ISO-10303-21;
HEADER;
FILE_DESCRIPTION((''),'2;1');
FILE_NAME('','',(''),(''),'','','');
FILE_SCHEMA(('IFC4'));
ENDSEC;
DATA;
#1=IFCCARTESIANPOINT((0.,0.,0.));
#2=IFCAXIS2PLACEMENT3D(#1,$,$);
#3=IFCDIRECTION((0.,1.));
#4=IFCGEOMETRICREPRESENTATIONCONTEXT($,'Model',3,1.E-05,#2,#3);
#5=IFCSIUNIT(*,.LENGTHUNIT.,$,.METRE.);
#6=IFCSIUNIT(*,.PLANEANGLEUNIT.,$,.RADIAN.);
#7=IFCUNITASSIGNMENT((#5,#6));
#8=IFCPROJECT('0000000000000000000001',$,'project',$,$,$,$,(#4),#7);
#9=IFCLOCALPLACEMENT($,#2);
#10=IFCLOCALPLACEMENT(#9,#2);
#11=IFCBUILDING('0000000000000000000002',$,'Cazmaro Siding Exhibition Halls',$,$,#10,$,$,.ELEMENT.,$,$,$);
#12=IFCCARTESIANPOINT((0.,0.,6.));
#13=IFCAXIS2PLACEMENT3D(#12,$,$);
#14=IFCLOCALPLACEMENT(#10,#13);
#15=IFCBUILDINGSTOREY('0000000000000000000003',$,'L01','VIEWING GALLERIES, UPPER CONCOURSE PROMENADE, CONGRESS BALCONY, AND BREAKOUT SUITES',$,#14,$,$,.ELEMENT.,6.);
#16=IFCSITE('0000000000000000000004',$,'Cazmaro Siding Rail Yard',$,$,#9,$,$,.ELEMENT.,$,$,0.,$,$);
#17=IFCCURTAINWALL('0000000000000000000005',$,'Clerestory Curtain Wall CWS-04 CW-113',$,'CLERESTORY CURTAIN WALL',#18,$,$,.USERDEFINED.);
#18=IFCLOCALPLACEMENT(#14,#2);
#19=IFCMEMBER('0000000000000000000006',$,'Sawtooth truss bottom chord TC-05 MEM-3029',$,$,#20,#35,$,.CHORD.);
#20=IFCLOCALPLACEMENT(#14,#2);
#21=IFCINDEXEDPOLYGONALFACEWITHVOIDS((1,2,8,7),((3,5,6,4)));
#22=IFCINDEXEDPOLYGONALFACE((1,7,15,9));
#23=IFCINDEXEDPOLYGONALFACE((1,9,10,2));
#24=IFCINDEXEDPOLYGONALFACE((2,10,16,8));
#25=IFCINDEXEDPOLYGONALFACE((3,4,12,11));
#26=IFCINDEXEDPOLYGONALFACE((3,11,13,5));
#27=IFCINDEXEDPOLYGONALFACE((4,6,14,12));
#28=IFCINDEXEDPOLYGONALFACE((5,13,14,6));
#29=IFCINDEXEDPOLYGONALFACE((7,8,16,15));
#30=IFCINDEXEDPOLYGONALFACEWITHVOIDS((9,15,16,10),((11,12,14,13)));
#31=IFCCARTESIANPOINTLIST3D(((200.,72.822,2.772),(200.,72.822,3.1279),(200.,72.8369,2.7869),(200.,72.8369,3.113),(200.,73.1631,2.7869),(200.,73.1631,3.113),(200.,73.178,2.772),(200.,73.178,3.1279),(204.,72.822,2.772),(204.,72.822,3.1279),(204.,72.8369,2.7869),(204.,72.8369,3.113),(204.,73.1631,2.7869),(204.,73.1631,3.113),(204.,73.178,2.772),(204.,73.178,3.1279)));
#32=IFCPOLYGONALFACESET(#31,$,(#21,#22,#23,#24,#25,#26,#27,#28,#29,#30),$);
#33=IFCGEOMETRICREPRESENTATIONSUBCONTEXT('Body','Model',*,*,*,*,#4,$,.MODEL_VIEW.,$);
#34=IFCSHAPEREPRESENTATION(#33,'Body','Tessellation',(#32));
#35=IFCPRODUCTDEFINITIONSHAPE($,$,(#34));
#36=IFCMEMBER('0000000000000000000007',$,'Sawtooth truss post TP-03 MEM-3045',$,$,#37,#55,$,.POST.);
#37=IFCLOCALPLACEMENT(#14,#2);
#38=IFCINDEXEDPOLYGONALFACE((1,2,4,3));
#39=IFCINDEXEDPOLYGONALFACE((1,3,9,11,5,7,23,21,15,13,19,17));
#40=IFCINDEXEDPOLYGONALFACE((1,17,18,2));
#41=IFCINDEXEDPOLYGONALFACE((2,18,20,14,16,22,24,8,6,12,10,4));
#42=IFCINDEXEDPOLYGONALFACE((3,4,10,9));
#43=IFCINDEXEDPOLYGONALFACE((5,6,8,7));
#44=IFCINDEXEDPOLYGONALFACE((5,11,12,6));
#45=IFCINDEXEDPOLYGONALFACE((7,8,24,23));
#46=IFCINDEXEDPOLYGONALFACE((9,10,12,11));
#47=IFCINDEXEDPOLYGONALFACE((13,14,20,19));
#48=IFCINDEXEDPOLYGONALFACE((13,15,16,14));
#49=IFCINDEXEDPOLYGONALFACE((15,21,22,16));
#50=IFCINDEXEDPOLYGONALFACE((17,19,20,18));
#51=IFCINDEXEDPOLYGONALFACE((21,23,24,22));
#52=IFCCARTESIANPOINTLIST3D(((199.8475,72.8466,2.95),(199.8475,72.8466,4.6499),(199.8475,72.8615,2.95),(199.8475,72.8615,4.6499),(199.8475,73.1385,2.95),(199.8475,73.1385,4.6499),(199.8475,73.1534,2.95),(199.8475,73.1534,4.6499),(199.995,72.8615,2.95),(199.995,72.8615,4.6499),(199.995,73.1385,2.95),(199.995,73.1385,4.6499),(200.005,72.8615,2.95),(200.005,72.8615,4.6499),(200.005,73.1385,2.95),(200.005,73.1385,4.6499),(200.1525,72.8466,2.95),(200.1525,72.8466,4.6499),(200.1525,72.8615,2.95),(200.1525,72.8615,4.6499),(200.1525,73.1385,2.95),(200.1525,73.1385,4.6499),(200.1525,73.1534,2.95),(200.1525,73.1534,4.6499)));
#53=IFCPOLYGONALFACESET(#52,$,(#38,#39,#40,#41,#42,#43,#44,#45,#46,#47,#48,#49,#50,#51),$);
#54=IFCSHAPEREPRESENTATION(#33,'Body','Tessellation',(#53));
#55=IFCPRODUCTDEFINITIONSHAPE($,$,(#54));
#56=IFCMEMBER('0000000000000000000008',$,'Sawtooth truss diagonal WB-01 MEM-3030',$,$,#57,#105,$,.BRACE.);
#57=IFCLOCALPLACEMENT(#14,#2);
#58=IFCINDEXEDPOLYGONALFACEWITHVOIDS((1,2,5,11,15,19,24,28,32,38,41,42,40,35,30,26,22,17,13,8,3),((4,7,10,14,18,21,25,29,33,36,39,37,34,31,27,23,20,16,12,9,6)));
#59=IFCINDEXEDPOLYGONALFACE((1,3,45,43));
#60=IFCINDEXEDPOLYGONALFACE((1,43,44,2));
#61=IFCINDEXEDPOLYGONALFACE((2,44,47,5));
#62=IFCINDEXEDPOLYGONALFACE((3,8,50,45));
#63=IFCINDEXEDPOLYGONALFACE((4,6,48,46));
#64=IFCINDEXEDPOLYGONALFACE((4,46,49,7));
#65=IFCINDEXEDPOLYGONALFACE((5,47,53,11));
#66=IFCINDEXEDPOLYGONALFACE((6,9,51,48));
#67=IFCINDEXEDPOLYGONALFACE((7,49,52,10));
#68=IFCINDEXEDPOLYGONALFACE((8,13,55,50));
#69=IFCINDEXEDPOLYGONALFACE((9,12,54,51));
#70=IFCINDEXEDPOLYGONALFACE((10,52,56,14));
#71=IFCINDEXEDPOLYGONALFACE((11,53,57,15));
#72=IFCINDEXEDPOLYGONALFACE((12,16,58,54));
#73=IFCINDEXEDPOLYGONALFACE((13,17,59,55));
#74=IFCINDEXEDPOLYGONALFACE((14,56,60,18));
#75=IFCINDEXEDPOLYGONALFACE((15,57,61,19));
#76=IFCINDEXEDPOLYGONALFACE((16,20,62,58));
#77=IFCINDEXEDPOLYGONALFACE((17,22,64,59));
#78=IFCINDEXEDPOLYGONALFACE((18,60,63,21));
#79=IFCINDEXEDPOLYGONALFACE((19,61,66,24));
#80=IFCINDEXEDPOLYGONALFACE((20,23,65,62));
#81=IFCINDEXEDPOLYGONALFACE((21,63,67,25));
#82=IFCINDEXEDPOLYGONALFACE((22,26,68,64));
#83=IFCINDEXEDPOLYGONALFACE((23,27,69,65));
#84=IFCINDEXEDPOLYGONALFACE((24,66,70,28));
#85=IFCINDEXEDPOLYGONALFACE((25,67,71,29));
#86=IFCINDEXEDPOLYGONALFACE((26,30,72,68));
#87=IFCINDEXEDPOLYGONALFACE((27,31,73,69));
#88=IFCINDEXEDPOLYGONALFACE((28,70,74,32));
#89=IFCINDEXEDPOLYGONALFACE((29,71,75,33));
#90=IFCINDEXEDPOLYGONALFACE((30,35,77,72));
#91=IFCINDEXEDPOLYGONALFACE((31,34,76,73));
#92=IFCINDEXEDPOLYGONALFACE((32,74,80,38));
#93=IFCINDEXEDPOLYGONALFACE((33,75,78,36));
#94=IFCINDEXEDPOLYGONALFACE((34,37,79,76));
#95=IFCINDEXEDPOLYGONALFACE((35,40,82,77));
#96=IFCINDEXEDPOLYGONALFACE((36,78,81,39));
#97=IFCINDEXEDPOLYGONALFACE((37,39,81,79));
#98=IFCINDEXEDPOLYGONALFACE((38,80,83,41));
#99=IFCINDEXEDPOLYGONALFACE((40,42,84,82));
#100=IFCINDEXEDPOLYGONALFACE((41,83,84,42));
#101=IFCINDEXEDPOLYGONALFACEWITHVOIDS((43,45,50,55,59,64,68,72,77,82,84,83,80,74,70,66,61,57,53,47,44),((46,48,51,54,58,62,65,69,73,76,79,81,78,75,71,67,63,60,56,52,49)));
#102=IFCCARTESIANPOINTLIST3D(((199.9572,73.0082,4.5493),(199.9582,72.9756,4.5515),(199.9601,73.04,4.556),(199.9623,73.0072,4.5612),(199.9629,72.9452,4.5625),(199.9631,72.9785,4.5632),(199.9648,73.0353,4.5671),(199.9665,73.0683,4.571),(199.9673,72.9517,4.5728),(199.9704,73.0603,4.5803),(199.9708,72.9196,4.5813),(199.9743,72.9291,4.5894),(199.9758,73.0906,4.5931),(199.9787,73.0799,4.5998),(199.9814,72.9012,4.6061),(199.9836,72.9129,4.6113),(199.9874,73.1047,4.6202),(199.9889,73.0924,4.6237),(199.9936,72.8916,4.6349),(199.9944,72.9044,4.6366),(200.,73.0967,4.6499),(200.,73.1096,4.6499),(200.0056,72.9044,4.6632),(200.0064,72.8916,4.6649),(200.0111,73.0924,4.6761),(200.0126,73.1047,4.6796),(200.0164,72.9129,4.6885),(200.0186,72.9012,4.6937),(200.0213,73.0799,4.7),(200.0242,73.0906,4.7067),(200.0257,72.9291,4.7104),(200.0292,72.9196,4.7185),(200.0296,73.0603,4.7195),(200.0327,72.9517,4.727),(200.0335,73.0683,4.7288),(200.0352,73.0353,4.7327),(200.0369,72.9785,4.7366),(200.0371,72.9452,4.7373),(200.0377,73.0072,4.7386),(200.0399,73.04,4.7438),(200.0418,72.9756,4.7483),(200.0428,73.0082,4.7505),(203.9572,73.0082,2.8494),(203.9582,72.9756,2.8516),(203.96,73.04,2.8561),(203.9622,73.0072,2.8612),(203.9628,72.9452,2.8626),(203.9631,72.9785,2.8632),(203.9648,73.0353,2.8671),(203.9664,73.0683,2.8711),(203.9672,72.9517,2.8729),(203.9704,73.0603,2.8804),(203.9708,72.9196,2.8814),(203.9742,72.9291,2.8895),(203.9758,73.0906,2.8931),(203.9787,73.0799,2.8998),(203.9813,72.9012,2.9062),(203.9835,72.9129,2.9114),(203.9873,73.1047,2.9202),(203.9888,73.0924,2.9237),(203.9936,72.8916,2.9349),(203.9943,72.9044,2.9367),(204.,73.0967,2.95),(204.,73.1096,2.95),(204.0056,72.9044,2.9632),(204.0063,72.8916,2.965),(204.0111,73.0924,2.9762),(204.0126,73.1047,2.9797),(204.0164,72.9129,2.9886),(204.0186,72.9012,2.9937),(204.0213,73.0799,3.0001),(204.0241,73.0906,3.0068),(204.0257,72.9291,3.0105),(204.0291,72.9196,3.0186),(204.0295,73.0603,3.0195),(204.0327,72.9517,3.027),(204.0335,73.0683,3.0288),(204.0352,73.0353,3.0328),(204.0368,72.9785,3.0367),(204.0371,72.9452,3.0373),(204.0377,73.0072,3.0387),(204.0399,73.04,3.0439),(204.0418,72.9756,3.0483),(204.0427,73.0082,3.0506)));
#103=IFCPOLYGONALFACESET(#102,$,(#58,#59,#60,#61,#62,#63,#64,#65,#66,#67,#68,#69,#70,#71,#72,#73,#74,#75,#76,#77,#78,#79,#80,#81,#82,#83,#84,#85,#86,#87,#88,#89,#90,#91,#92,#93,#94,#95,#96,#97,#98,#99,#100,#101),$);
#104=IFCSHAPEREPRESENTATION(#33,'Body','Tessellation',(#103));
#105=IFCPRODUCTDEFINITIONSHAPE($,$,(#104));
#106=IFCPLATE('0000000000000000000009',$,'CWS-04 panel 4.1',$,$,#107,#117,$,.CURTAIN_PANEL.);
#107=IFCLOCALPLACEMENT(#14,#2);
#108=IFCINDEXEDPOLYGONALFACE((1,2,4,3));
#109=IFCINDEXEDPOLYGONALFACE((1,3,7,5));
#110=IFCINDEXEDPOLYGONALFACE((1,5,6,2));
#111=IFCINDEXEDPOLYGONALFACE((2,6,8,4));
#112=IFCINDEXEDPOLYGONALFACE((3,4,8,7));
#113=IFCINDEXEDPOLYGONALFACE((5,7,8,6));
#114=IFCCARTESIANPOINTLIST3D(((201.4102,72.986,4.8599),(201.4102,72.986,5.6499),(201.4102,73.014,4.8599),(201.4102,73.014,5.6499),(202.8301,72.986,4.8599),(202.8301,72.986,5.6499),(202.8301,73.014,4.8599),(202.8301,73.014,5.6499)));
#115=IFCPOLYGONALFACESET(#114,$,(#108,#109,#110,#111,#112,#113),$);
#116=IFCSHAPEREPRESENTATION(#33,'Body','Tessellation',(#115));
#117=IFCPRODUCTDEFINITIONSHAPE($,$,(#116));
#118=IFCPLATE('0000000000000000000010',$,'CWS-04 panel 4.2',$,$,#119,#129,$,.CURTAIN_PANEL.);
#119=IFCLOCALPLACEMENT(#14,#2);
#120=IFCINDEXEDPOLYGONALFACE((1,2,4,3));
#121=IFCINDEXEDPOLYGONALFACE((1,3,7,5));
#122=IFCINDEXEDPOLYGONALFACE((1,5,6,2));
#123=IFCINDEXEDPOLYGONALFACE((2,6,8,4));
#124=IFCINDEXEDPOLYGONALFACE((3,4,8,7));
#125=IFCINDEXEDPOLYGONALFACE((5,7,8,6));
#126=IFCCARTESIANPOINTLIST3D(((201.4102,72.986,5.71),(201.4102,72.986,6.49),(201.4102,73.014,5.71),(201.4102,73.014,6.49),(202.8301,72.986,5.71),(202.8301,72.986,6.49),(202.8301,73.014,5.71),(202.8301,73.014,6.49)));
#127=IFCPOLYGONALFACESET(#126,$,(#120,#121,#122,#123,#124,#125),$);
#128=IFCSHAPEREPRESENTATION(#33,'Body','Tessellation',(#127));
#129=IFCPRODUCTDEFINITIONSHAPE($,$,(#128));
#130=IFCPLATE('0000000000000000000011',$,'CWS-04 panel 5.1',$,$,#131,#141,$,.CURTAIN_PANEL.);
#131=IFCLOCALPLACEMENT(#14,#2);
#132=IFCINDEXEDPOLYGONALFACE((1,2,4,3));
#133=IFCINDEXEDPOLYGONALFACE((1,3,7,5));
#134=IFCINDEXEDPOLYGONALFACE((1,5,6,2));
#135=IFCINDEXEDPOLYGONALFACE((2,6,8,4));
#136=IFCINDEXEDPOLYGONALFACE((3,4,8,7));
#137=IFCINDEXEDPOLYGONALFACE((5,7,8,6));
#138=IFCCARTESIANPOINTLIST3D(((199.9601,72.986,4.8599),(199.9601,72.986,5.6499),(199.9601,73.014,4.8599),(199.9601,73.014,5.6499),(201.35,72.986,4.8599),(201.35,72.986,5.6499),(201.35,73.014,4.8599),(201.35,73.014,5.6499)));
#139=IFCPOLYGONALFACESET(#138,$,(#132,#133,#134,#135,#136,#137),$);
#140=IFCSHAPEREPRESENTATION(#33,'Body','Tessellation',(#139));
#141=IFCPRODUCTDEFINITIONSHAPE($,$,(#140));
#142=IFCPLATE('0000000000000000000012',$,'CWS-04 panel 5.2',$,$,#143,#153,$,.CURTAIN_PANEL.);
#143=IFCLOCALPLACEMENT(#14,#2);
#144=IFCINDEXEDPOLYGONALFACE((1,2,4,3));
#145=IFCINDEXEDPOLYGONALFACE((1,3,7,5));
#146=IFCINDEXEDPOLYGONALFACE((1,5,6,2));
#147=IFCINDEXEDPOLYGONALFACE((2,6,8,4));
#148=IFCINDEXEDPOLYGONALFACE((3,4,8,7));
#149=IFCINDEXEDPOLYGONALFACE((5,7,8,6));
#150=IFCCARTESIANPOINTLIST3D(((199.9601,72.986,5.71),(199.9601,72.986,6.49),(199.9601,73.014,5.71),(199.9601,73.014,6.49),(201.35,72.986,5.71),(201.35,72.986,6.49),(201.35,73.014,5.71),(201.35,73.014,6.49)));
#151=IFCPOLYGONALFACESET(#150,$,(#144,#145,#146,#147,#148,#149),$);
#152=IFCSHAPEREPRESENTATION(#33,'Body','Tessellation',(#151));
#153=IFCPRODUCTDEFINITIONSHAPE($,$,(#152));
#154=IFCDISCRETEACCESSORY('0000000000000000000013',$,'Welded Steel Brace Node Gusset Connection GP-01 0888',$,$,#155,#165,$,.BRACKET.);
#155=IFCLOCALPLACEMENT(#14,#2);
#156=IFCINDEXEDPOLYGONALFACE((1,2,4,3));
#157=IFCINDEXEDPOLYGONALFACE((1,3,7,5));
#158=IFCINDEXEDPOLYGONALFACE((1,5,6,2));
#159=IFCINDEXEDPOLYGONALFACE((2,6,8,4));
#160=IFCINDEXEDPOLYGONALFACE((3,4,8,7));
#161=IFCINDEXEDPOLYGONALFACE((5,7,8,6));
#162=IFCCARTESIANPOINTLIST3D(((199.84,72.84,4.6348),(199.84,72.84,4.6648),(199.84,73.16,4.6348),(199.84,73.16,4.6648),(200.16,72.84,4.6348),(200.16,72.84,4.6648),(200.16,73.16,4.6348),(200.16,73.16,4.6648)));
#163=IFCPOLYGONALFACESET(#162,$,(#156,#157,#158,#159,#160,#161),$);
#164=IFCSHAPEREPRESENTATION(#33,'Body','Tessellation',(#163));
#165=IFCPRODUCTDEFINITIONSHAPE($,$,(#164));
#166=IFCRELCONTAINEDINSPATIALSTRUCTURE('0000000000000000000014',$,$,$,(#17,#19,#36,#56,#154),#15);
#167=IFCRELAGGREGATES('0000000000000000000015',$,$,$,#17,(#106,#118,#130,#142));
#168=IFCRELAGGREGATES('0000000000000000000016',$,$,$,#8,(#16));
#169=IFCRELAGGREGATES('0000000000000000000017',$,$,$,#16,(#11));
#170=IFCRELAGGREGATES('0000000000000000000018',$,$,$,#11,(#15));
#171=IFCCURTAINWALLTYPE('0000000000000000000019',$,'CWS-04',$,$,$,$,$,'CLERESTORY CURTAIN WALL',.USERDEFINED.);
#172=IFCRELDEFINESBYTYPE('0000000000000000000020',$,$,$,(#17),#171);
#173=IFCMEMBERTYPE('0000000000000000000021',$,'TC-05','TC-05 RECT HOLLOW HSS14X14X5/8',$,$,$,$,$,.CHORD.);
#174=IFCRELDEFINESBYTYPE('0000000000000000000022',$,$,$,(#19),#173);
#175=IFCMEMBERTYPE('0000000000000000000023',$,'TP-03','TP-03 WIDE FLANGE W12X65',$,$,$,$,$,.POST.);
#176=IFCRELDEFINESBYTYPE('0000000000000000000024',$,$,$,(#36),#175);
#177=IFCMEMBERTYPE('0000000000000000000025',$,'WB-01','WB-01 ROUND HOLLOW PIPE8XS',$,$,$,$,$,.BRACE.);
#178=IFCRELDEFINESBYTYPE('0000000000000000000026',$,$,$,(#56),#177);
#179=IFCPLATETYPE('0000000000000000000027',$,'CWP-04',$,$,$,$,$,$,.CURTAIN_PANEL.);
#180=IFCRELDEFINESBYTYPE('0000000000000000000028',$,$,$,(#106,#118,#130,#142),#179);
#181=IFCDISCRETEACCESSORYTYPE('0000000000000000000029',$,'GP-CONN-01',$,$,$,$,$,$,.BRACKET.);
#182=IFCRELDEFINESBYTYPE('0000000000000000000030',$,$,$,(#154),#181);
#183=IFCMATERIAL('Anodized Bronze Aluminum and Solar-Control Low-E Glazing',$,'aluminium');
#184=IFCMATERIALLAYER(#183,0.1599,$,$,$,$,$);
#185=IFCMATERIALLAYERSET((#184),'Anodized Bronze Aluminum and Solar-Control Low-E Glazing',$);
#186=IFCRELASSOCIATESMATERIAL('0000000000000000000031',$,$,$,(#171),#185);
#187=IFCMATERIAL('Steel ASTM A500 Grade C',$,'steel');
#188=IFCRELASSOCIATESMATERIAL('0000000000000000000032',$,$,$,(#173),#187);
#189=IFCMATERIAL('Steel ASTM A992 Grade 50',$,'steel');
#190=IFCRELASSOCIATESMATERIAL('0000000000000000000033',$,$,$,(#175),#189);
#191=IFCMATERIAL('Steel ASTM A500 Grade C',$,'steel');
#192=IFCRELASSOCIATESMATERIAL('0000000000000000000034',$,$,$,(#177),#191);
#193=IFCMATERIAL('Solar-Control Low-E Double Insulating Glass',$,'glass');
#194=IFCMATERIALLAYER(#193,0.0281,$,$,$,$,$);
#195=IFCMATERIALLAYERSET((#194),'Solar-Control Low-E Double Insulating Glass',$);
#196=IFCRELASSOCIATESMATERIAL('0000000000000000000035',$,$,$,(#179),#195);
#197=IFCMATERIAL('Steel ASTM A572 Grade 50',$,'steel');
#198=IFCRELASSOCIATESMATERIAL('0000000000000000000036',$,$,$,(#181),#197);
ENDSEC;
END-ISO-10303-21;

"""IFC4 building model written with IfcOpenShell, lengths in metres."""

from ifc_helpers import new_model, si_unit, direction, frame, origin, origin_2d, place, context, subcontext, project, spatial, rectangle, hollow_rectangle, hollow_circle, i_section, extrude, material, layer, layer_set, material_profile, profile_set, type_object, element, aggregate, save


model = new_model("IFC4")

# Units and contexts
model_context = context("Model", 3, precision=1e-05, world=origin(), true_north=direction((0.0, 1.0)))
body_context = subcontext(model_context, "Body", "Model", "MODEL_VIEW")
ifc_project = project(units=[si_unit("LENGTHUNIT", "METRE"), si_unit("PLANEANGLEUNIT", "RADIAN")], contexts=[model_context])

# Site, building, storey
site_placement = place(None, origin())
site = spatial("IfcSite", under=ifc_project, at=site_placement, Name="Cazmaro Siding Rail Yard", CompositionType="ELEMENT", RefElevation=0.0)
building_placement = place(site_placement, origin())
building = spatial("IfcBuilding", under=site, at=building_placement, Name="Cazmaro Siding Exhibition Halls", CompositionType="ELEMENT")
storey_placement = place(building_placement, frame((0.0, 0.0, 6.0)))
storey = spatial("IfcBuildingStorey", under=building, at=storey_placement, Name="L01", Description="VIEWING GALLERIES, UPPER CONCOURSE PROMENADE, CONGRESS BALCONY, AND BREAKOUT SUITES", CompositionType="ELEMENT", Elevation=6.0)

# Shared definitions
ifc_material_1 = material(Name="Anodized Bronze Aluminum and Solar-Control Low-E Glazing", Category="aluminium")
ifc_layer_1 = layer(ifc_material_1, 0.1599)
ifc_layer_set_1 = layer_set([ifc_layer_1], Name="Anodized Bronze Aluminum and Solar-Control Low-E Glazing")
curtain_wall_type = type_object("IfcCurtainWallType", Name="CWS-04", ElementType="CLERESTORY CURTAIN WALL", PredefinedType="USERDEFINED", material=ifc_layer_set_1)

# Curtain wall
curtain_wall_1_placement = place(storey_placement, origin())
curtain_wall_1 = element("IfcCurtainWall", 1, at=curtain_wall_1_placement, inside=storey, type_object=curtain_wall_type, Name="Clerestory Curtain Wall CWS-04 CW-113", ObjectType="CLERESTORY CURTAIN WALL", PredefinedType="USERDEFINED")

# Members
ifc_material_2 = material(Name="Steel ASTM A500 Grade C", Category="steel")
ifc_material_profile_1 = material_profile(ifc_material_2, hollow_rectangle(XDim=0.356, YDim=0.356, WallThickness=0.0149, at=origin_2d()), Name="HSS14X14X5/8")
ifc_profile_set_1 = profile_set([ifc_material_profile_1], Name="Steel ASTM A500 Grade C")
member_type_1 = type_object("IfcMemberType", Name="TC-05", Description="TC-05 RECT HOLLOW HSS14X14X5/8", PredefinedType="CHORD", material=ifc_profile_set_1)
member_1_placement = place(storey_placement, frame((200.0, 73.0, 2.95), z_axis=(1.0, 0.0, 0.0), x_axis=(0.0, 1.0, 0.0)))
element("IfcMember", 2, at=member_1_placement, inside=storey, type_object=member_type_1, Name="Sawtooth truss bottom chord TC-05 MEM-3029", PredefinedType="CHORD", context=body_context, shape_type="SweptSolid", body=[
    extrude(hollow_rectangle(XDim=0.356, YDim=0.356, WallThickness=0.0149, at=origin_2d()), origin(), (0.0, 0.0, 1.0), 4.0),
])
ifc_material_3 = material(Name="Steel ASTM A992 Grade 50", Category="steel")
ifc_material_profile_2 = material_profile(ifc_material_3, i_section(OverallWidth=0.3049, OverallDepth=0.3069, WebThickness=0.01, FlangeThickness=0.0149, at=origin_2d()), Name="W12X65")
ifc_profile_set_2 = profile_set([ifc_material_profile_2], Name="Steel ASTM A992 Grade 50")
member_type_2 = type_object("IfcMemberType", Name="TP-03", Description="TP-03 WIDE FLANGE W12X65", PredefinedType="POST", material=ifc_profile_set_2)
member_2_placement = place(storey_placement, frame((200.0, 73.0, 2.95), z_axis=(0.0, 0.0, 1.0), x_axis=(1.0, 0.0, 0.0)))
element("IfcMember", 3, at=member_2_placement, inside=storey, type_object=member_type_2, Name="Sawtooth truss post TP-03 MEM-3045", PredefinedType="POST", context=body_context, shape_type="SweptSolid", body=[
    extrude(i_section(OverallWidth=0.3049, OverallDepth=0.3069, WebThickness=0.01, FlangeThickness=0.0149, at=origin_2d()), origin(), (0.0, 0.0, 1.0), 1.7),
])
ifc_material_4 = material(Name="Steel ASTM A500 Grade C", Category="steel")
ifc_material_profile_3 = material_profile(ifc_material_4, hollow_circle(Radius=0.1096, WallThickness=0.0129, at=origin_2d()), Name="PIPE8XS")
ifc_profile_set_3 = profile_set([ifc_material_profile_3], Name="Steel ASTM A500 Grade C")
member_type_3 = type_object("IfcMemberType", Name="WB-01", Description="WB-01 ROUND HOLLOW PIPE8XS", PredefinedType="BRACE", material=ifc_profile_set_3)
member_3_placement = place(storey_placement, frame((200.0, 73.0, 4.6499), z_axis=(0.920335, 0.0, -0.391131), x_axis=(0.0, 1.0, 0.0)))
element("IfcMember", 4, at=member_3_placement, inside=storey, type_object=member_type_3, Name="Sawtooth truss diagonal WB-01 MEM-3030", PredefinedType="BRACE", context=body_context, shape_type="SweptSolid", body=[
    extrude(hollow_circle(Radius=0.1096, WallThickness=0.0129, at=origin_2d()), origin(), (0.0, 0.0, 1.0), 4.3462),
])

# Plates
ifc_material_5 = material(Name="Solar-Control Low-E Double Insulating Glass", Category="glass")
ifc_layer_2 = layer(ifc_material_5, 0.0281)
ifc_layer_set_2 = layer_set([ifc_layer_2], Name="Solar-Control Low-E Double Insulating Glass")
plate_type = type_object("IfcPlateType", Name="CWP-04", PredefinedType="CURTAIN_PANEL", material=ifc_layer_set_2)
plate_1_placement = place(storey_placement, frame((202.1201, 73.0, 4.8599), z_axis=(0.0, 0.0, 1.0), x_axis=(-1.0, 0.0, 0.0)))
plate_1 = element("IfcPlate", 5, at=plate_1_placement, type_object=plate_type, Name="CWS-04 panel 4.1", PredefinedType="CURTAIN_PANEL", context=body_context, shape_type="SweptSolid", body=[
    extrude(rectangle(XDim=1.4199, YDim=0.0281, at=origin_2d()), origin(), (0.0, 0.0, 1.0), 0.79),
])
plate_2_placement = place(storey_placement, frame((202.1201, 73.0, 5.71), z_axis=(0.0, 0.0, 1.0), x_axis=(-1.0, 0.0, 0.0)))
plate_2 = element("IfcPlate", 6, at=plate_2_placement, type_object=plate_type, Name="CWS-04 panel 4.2", PredefinedType="CURTAIN_PANEL", context=body_context, shape_type="SweptSolid", body=[
    extrude(rectangle(XDim=1.4199, YDim=0.0281, at=origin_2d()), origin(), (0.0, 0.0, 1.0), 0.78),
])
plate_3_placement = place(storey_placement, frame((200.655, 73.0, 4.8599), z_axis=(0.0, 0.0, 1.0), x_axis=(-1.0, 0.0, 0.0)))
plate_3 = element("IfcPlate", 7, at=plate_3_placement, type_object=plate_type, Name="CWS-04 panel 5.1", PredefinedType="CURTAIN_PANEL", context=body_context, shape_type="SweptSolid", body=[
    extrude(rectangle(XDim=1.3899, YDim=0.0281, at=origin_2d()), origin(), (0.0, 0.0, 1.0), 0.79),
])
plate_4_placement = place(storey_placement, frame((200.655, 73.0, 5.71), z_axis=(0.0, 0.0, 1.0), x_axis=(-1.0, 0.0, 0.0)))
plate_4 = element("IfcPlate", 8, at=plate_4_placement, type_object=plate_type, Name="CWS-04 panel 5.2", PredefinedType="CURTAIN_PANEL", context=body_context, shape_type="SweptSolid", body=[
    extrude(rectangle(XDim=1.3899, YDim=0.0281, at=origin_2d()), origin(), (0.0, 0.0, 1.0), 0.78),
])
aggregate(curtain_wall_1, [plate_1, plate_2, plate_3, plate_4])

# Discrete accessory
ifc_material_6 = material(Name="Steel ASTM A572 Grade 50", Category="steel")
discrete_accessory_type = type_object("IfcDiscreteAccessoryType", Name="GP-CONN-01", PredefinedType="BRACKET", material=ifc_material_6)
discrete_accessory_placement = place(storey_placement, frame((200.0, 73.0, 4.6348), z_axis=(0.0, 0.0, 1.0), x_axis=(1.0, 0.0, 0.0)))
element("IfcDiscreteAccessory", 9, at=discrete_accessory_placement, inside=storey, type_object=discrete_accessory_type, Name="Welded Steel Brace Node Gusset Connection GP-01 0888", PredefinedType="BRACKET", context=body_context, shape_type="SweptSolid", body=[
    extrude(rectangle(XDim=0.3201, YDim=0.3201, at=origin_2d()), origin(), (0.0, 0.0, 1.0), 0.03),
])

save(model, "model.ifc")
